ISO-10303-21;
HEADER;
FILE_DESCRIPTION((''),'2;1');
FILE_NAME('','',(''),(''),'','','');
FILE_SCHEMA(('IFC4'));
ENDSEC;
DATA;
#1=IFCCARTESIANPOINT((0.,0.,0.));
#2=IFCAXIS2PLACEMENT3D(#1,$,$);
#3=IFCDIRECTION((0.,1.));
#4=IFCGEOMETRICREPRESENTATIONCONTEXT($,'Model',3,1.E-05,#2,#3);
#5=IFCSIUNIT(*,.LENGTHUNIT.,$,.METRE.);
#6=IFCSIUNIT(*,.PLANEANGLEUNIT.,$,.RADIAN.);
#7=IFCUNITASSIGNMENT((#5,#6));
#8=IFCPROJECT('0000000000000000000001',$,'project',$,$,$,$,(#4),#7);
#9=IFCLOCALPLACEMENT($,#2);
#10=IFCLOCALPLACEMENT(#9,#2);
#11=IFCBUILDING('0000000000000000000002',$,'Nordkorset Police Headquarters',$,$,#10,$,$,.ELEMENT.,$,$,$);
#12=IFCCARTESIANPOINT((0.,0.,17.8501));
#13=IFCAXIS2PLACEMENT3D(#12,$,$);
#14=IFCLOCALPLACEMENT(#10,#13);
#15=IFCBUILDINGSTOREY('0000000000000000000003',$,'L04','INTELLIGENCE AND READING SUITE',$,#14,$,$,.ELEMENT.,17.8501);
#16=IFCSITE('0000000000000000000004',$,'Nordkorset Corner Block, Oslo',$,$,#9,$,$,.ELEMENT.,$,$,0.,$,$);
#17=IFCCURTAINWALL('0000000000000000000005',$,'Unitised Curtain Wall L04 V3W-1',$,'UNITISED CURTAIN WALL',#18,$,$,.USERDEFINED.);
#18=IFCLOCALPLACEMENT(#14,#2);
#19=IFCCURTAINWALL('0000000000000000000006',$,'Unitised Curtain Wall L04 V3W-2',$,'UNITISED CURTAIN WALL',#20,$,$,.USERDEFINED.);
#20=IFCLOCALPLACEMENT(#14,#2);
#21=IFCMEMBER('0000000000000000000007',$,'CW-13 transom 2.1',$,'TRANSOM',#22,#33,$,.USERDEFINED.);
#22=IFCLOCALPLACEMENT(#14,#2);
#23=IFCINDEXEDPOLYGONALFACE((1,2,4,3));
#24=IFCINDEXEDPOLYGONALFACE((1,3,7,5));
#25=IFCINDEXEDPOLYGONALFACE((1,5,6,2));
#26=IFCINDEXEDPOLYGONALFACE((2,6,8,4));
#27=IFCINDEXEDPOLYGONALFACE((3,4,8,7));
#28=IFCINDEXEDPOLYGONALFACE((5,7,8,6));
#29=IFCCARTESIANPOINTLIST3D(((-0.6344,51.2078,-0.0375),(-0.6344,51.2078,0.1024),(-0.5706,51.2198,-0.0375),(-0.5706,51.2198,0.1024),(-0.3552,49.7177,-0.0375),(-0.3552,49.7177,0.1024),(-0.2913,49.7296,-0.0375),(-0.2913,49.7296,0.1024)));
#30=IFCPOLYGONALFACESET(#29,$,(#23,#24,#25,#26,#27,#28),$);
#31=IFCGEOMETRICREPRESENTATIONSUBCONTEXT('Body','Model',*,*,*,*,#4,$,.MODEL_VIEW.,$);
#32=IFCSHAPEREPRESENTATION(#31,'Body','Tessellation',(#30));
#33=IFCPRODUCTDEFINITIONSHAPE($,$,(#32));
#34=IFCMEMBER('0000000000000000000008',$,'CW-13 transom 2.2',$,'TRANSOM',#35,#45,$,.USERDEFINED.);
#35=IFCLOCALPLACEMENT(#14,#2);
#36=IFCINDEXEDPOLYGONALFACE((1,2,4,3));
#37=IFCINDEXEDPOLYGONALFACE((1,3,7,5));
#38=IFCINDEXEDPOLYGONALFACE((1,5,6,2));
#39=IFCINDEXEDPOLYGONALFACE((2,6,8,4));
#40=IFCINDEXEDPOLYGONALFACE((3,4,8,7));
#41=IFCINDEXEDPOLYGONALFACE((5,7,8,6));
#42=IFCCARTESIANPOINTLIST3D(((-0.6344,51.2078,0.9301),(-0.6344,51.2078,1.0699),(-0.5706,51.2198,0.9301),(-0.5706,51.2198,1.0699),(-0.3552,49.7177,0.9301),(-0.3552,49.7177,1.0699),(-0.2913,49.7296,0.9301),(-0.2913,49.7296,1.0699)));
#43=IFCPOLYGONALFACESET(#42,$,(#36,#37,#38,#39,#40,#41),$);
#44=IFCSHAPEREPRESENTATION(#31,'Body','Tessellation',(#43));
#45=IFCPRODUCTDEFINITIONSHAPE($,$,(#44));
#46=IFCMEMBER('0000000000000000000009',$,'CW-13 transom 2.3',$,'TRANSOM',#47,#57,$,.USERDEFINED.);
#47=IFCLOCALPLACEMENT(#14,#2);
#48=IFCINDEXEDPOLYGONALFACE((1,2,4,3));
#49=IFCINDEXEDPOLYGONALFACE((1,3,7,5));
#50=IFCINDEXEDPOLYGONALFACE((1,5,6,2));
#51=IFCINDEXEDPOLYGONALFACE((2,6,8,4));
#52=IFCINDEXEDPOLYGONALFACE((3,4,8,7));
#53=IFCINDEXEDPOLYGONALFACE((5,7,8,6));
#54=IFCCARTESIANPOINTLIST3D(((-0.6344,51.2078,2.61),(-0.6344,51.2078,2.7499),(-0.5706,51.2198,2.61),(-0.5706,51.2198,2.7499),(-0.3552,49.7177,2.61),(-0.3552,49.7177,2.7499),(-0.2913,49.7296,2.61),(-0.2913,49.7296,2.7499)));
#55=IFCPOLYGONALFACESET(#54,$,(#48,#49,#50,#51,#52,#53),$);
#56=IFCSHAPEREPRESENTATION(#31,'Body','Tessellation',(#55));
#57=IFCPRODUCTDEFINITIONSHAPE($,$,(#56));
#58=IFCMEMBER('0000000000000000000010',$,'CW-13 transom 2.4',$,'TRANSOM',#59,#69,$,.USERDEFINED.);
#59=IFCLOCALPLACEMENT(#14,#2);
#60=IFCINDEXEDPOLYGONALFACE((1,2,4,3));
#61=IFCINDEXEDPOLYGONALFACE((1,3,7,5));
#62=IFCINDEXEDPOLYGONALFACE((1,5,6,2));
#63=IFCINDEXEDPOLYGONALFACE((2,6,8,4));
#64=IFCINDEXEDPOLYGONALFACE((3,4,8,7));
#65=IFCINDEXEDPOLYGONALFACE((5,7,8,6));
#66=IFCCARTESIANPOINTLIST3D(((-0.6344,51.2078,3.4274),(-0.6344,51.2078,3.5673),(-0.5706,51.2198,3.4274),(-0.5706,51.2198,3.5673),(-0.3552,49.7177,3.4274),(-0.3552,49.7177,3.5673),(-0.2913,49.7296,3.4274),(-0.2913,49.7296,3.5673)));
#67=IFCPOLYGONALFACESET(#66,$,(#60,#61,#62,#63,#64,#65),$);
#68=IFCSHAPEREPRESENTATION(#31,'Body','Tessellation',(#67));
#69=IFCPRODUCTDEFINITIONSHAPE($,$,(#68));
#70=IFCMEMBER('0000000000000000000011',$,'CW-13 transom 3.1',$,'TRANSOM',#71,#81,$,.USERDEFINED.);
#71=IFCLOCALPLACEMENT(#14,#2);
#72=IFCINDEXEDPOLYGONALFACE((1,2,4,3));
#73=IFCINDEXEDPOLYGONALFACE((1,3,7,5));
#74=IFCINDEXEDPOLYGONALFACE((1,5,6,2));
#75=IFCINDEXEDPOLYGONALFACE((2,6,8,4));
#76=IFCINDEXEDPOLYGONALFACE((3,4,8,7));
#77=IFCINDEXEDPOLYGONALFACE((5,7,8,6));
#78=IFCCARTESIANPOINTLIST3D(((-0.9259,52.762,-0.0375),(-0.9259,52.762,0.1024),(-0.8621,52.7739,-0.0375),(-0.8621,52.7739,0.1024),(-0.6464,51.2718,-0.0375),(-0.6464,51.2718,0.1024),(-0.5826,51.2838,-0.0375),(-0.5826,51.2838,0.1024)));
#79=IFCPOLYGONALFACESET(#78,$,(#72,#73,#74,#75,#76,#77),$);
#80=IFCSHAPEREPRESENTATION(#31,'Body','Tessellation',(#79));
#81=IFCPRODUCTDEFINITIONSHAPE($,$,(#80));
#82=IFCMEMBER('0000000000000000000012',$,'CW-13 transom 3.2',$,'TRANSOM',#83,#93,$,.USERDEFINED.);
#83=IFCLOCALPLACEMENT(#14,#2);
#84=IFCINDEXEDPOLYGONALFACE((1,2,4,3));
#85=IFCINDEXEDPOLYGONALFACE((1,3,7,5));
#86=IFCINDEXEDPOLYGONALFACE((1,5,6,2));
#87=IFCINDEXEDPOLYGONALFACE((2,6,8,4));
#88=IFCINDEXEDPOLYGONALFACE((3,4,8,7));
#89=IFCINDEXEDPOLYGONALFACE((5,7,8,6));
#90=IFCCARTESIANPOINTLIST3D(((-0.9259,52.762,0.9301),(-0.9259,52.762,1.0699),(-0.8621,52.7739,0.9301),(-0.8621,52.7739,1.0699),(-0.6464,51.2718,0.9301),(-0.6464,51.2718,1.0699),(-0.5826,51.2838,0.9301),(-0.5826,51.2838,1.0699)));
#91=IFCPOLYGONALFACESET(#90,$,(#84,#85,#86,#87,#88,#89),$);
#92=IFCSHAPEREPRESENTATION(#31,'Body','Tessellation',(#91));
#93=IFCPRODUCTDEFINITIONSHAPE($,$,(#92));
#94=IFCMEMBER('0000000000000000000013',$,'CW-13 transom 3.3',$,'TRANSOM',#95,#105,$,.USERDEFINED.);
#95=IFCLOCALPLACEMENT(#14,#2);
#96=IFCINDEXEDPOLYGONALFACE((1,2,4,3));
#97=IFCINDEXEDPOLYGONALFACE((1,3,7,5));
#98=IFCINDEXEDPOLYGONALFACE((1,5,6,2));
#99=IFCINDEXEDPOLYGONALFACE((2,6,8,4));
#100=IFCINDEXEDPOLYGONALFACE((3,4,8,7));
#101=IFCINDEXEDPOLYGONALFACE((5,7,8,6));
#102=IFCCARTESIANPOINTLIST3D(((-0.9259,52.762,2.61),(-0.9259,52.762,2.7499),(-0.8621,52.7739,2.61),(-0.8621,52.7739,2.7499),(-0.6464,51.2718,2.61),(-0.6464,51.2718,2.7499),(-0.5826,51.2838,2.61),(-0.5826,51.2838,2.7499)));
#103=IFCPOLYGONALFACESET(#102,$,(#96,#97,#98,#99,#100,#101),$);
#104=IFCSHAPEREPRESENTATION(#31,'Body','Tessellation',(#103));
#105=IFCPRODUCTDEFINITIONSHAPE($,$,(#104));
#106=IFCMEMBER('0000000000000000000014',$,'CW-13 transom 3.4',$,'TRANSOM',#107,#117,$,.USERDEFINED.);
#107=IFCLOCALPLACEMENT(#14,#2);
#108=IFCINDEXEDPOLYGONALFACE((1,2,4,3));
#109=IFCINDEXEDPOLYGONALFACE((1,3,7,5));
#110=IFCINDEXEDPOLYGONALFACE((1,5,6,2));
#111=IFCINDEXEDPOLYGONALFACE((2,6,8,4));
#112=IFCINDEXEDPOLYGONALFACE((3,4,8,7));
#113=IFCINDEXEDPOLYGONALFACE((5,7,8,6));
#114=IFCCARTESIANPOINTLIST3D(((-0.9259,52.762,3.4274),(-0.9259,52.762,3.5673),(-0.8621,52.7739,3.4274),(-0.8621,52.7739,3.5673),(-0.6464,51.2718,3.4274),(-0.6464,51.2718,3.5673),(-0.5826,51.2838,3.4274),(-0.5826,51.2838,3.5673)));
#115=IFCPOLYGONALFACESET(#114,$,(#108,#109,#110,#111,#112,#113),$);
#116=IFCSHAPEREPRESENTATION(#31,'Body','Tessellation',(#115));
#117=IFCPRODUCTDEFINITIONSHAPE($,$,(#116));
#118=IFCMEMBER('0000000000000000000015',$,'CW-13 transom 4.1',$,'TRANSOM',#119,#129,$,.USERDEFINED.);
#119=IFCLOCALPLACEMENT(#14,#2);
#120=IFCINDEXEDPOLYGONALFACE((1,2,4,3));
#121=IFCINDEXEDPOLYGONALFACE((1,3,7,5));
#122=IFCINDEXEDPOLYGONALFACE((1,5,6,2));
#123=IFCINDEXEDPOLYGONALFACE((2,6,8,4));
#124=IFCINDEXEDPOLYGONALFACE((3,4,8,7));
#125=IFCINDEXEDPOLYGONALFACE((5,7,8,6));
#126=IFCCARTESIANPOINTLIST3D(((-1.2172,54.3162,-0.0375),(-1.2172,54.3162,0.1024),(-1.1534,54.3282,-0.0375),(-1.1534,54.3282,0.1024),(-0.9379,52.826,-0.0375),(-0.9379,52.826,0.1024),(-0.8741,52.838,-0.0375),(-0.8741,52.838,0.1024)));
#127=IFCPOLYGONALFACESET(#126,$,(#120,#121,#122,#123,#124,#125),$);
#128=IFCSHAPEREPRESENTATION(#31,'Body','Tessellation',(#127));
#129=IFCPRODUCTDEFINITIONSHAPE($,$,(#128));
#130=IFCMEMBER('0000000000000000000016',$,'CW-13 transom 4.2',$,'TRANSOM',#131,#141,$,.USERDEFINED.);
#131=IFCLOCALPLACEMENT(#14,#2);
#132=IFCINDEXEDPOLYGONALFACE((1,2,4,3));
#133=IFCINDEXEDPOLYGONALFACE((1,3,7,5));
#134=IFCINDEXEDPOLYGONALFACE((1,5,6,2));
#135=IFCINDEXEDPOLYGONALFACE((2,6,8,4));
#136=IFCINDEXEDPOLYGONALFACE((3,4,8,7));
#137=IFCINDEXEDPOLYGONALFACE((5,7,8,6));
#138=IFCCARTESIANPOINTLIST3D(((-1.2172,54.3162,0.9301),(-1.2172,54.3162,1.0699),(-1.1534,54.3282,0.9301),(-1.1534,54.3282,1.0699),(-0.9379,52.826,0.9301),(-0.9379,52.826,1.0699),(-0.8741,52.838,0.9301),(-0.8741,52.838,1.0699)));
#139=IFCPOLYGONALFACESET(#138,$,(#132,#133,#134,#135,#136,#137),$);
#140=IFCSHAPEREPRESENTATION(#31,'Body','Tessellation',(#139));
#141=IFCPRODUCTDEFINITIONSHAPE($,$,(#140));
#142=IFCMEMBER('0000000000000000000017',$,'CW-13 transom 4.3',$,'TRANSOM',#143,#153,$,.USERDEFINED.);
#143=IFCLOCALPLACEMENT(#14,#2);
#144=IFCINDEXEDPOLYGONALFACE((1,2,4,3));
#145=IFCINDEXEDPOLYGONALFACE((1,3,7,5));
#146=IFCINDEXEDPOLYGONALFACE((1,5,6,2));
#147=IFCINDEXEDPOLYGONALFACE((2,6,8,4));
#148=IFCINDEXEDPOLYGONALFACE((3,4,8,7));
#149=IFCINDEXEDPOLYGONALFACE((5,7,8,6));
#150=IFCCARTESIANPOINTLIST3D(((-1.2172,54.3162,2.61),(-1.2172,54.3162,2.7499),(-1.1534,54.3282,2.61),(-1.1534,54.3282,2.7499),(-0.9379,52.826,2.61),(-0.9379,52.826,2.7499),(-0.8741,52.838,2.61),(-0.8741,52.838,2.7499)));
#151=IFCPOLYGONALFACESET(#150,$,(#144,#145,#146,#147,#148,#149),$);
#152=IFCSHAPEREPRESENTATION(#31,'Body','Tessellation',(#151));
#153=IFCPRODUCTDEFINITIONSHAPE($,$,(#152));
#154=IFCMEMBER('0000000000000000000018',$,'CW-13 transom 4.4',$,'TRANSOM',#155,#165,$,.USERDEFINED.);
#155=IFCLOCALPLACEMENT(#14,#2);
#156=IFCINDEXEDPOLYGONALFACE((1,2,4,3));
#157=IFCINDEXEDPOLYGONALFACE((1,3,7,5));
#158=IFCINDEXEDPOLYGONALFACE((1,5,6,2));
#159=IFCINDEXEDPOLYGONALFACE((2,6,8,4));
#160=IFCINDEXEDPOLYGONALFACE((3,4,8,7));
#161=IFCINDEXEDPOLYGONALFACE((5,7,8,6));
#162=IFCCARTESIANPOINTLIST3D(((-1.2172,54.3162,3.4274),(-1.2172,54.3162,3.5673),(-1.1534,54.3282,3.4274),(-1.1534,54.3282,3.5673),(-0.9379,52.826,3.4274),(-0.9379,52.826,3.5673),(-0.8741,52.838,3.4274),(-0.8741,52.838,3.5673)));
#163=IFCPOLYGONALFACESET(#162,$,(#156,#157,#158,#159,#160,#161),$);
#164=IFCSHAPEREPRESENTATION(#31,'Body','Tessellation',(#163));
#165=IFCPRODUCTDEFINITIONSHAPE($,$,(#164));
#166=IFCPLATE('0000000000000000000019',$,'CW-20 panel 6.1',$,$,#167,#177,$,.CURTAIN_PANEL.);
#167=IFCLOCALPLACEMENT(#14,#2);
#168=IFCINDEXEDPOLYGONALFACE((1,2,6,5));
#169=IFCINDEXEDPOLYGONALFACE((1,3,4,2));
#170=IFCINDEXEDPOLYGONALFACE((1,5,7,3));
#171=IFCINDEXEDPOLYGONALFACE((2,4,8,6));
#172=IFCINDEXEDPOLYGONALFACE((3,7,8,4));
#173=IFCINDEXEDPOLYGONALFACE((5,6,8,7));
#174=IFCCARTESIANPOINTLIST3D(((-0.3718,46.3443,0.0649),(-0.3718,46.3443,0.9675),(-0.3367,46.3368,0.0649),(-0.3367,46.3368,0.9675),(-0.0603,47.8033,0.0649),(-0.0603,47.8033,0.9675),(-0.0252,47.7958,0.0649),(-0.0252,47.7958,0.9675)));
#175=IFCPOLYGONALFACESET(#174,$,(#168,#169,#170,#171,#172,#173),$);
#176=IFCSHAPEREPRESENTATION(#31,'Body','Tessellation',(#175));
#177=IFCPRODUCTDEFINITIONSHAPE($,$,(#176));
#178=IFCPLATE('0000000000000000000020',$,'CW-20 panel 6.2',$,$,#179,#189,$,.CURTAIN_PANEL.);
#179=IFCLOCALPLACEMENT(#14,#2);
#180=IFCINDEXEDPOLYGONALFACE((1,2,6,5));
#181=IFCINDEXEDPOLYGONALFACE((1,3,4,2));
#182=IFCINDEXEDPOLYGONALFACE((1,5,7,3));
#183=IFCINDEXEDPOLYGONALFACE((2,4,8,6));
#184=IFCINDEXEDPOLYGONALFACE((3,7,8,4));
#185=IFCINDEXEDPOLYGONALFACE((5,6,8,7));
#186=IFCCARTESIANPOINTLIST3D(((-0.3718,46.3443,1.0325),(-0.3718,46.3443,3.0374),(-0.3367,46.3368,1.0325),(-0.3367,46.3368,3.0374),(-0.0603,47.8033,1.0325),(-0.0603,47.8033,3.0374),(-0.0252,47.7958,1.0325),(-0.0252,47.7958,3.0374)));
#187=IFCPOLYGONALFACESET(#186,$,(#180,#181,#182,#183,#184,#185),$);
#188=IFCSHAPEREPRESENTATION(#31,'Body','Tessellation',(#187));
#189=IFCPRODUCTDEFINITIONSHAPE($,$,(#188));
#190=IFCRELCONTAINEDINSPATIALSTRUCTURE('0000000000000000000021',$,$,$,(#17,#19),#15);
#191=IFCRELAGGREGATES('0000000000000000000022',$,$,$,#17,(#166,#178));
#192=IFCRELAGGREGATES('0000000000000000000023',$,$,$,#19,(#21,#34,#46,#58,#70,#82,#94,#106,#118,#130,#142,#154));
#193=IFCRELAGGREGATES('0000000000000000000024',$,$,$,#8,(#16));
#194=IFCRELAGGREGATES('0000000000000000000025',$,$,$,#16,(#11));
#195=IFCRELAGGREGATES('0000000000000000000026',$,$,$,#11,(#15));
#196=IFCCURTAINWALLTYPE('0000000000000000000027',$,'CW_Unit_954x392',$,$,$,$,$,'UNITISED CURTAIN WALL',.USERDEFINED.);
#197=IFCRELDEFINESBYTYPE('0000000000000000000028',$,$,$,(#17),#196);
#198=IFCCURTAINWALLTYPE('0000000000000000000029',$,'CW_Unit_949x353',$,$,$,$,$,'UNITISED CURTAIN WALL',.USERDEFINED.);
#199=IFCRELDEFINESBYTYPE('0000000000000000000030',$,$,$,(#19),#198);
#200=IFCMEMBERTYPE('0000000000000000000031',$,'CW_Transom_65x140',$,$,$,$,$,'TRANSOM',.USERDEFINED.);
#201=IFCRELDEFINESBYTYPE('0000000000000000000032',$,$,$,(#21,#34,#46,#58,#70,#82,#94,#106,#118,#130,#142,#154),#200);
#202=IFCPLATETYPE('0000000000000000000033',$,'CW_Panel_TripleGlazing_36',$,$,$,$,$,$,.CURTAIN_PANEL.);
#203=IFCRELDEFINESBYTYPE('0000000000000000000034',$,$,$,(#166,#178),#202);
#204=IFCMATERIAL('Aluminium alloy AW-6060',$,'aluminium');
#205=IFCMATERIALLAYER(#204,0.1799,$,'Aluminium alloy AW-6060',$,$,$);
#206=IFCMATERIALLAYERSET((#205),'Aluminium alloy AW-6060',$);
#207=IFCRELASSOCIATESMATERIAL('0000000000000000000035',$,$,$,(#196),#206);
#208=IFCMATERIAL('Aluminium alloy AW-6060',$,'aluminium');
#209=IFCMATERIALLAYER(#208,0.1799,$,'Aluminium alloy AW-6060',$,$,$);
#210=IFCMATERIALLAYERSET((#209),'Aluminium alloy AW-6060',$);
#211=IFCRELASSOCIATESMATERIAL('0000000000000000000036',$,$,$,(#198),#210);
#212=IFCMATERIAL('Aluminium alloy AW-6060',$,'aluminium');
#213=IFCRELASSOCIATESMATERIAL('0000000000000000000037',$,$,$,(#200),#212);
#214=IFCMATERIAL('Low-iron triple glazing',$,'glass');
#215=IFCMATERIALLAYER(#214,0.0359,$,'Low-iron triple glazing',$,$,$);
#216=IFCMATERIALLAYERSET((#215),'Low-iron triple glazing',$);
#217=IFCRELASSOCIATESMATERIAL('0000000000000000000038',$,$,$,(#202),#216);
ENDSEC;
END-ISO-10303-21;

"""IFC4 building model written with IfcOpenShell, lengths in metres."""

from ifc_helpers import new_model, si_unit, direction, frame, origin, origin_2d, place, context, subcontext, project, spatial, rectangle, extrude, material, layer, layer_set, material_profile, profile_set, type_object, element, aggregate, save


model = new_model("IFC4")

# Units and contexts
model_context = context("Model", 3, precision=1e-05, world=origin(), true_north=direction((0.0, 1.0)))
body_context = subcontext(model_context, "Body", "Model", "MODEL_VIEW")
ifc_project = project(units=[si_unit("LENGTHUNIT", "METRE"), si_unit("PLANEANGLEUNIT", "RADIAN")], contexts=[model_context])

# Site, building, storey
site_placement = place(None, origin())
site = spatial("IfcSite", under=ifc_project, at=site_placement, Name="Nordkorset Corner Block, Oslo", CompositionType="ELEMENT", RefElevation=0.0)
building_placement = place(site_placement, origin())
building = spatial("IfcBuilding", under=site, at=building_placement, Name="Nordkorset Police Headquarters", CompositionType="ELEMENT")
storey_placement = place(building_placement, frame((0.0, 0.0, 17.8501)))
storey = spatial("IfcBuildingStorey", under=building, at=storey_placement, Name="L04", Description="INTELLIGENCE AND READING SUITE", CompositionType="ELEMENT", Elevation=17.8501)

# Curtain wall
ifc_material_1 = material(Name="Aluminium alloy AW-6060", Category="aluminium")
ifc_layer_1 = layer(ifc_material_1, 0.1799, Name="Aluminium alloy AW-6060")
ifc_layer_set_1 = layer_set([ifc_layer_1], Name="Aluminium alloy AW-6060")
curtain_wall_type_1 = type_object("IfcCurtainWallType", Name="CW_Unit_954x392", ElementType="UNITISED CURTAIN WALL", PredefinedType="USERDEFINED", material=ifc_layer_set_1)
curtain_wall_1_placement = place(storey_placement, origin())
curtain_wall_1 = element("IfcCurtainWall", 1, at=curtain_wall_1_placement, inside=storey, type_object=curtain_wall_type_1, Name="Unitised Curtain Wall L04 V3W-1", ObjectType="UNITISED CURTAIN WALL", PredefinedType="USERDEFINED")

# Curtain wall
ifc_material_2 = material(Name="Aluminium alloy AW-6060", Category="aluminium")
ifc_layer_2 = layer(ifc_material_2, 0.1799, Name="Aluminium alloy AW-6060")
ifc_layer_set_2 = layer_set([ifc_layer_2], Name="Aluminium alloy AW-6060")
curtain_wall_type_2 = type_object("IfcCurtainWallType", Name="CW_Unit_949x353", ElementType="UNITISED CURTAIN WALL", PredefinedType="USERDEFINED", material=ifc_layer_set_2)
curtain_wall_2_placement = place(storey_placement, origin())
curtain_wall_2 = element("IfcCurtainWall", 2, at=curtain_wall_2_placement, inside=storey, type_object=curtain_wall_type_2, Name="Unitised Curtain Wall L04 V3W-2", ObjectType="UNITISED CURTAIN WALL", PredefinedType="USERDEFINED")

# Members
ifc_material_3 = material(Name="Aluminium alloy AW-6060", Category="aluminium")
ifc_material_profile_1 = material_profile(ifc_material_3, rectangle(XDim=0.0649, YDim=0.1399, at=origin_2d()), Name="ALU TRAN 65x140")
ifc_profile_set_1 = profile_set([ifc_material_profile_1], Name="Aluminium alloy AW-6060")
member_type_1 = type_object("IfcMemberType", Name="CW_Transom_65x140", ElementType="TRANSOM", PredefinedType="USERDEFINED", material=ifc_profile_set_1)
member_1_placement = place(storey_placement, frame((-0.3232, 49.7236, 0.0325), z_axis=(-0.184211, 0.982887, 0.0), x_axis=(-0.982887, -0.184211, 0.0)))
member_1 = element("IfcMember", 3, at=member_1_placement, type_object=member_type_1, Name="CW-13 transom 2.1", ObjectType="TRANSOM", PredefinedType="USERDEFINED", context=body_context, shape_type="SweptSolid", body=[
    extrude(rectangle(XDim=0.0649, YDim=0.1399, at=origin_2d()), origin(), (0.0, 0.0, 1.0), 1.5161),
])
member_2_placement = place(storey_placement, frame((-0.3232, 49.7236, 1.0), z_axis=(-0.184211, 0.982887, 0.0), x_axis=(-0.982887, -0.184211, 0.0)))
member_2 = element("IfcMember", 4, at=member_2_placement, type_object=member_type_1, Name="CW-13 transom 2.2", ObjectType="TRANSOM", PredefinedType="USERDEFINED", context=body_context, shape_type="SweptSolid", body=[
    extrude(rectangle(XDim=0.0649, YDim=0.1399, at=origin_2d()), origin(), (0.0, 0.0, 1.0), 1.5161),
])
member_3_placement = place(storey_placement, frame((-0.3232, 49.7236, 2.6799), z_axis=(-0.184211, 0.982887, 0.0), x_axis=(-0.982887, -0.184211, 0.0)))
member_3 = element("IfcMember", 5, at=member_3_placement, type_object=member_type_1, Name="CW-13 transom 2.3", ObjectType="TRANSOM", PredefinedType="USERDEFINED", context=body_context, shape_type="SweptSolid", body=[
    extrude(rectangle(XDim=0.0649, YDim=0.1399, at=origin_2d()), origin(), (0.0, 0.0, 1.0), 1.5161),
])
member_4_placement = place(storey_placement, frame((-0.3232, 49.7236, 3.4973), z_axis=(-0.184211, 0.982887, 0.0), x_axis=(-0.982887, -0.184211, 0.0)))
member_4 = element("IfcMember", 6, at=member_4_placement, type_object=member_type_1, Name="CW-13 transom 2.4", ObjectType="TRANSOM", PredefinedType="USERDEFINED", context=body_context, shape_type="SweptSolid", body=[
    extrude(rectangle(XDim=0.0649, YDim=0.1399, at=origin_2d()), origin(), (0.0, 0.0, 1.0), 1.5161),
])
member_5_placement = place(storey_placement, frame((-0.6145, 51.2778, 0.0325), z_axis=(-0.184366, 0.982858, 0.0), x_axis=(-0.982858, -0.184366, 0.0)))
member_5 = element("IfcMember", 7, at=member_5_placement, type_object=member_type_1, Name="CW-13 transom 3.1", ObjectType="TRANSOM", PredefinedType="USERDEFINED", context=body_context, shape_type="SweptSolid", body=[
    extrude(rectangle(XDim=0.0649, YDim=0.1399, at=origin_2d()), origin(), (0.0, 0.0, 1.0), 1.5161),
])
member_6_placement = place(storey_placement, frame((-0.6145, 51.2778, 1.0), z_axis=(-0.184366, 0.982858, 0.0), x_axis=(-0.982858, -0.184366, 0.0)))
member_6 = element("IfcMember", 8, at=member_6_placement, type_object=member_type_1, Name="CW-13 transom 3.2", ObjectType="TRANSOM", PredefinedType="USERDEFINED", context=body_context, shape_type="SweptSolid", body=[
    extrude(rectangle(XDim=0.0649, YDim=0.1399, at=origin_2d()), origin(), (0.0, 0.0, 1.0), 1.5161),
])
member_7_placement = place(storey_placement, frame((-0.6145, 51.2778, 2.6799), z_axis=(-0.184366, 0.982858, 0.0), x_axis=(-0.982858, -0.184366, 0.0)))
member_7 = element("IfcMember", 9, at=member_7_placement, type_object=member_type_1, Name="CW-13 transom 3.3", ObjectType="TRANSOM", PredefinedType="USERDEFINED", context=body_context, shape_type="SweptSolid", body=[
    extrude(rectangle(XDim=0.0649, YDim=0.1399, at=origin_2d()), origin(), (0.0, 0.0, 1.0), 1.5161),
])
member_8_placement = place(storey_placement, frame((-0.6145, 51.2778, 3.4973), z_axis=(-0.184366, 0.982858, 0.0), x_axis=(-0.982858, -0.184366, 0.0)))
member_8 = element("IfcMember", 10, at=member_8_placement, type_object=member_type_1, Name="CW-13 transom 3.4", ObjectType="TRANSOM", PredefinedType="USERDEFINED", context=body_context, shape_type="SweptSolid", body=[
    extrude(rectangle(XDim=0.0649, YDim=0.1399, at=origin_2d()), origin(), (0.0, 0.0, 1.0), 1.5161),
])
member_9_placement = place(storey_placement, frame((-0.906, 52.832, 0.0325), z_axis=(-0.184211, 0.982887, 0.0), x_axis=(-0.982887, -0.184211, 0.0)))
member_9 = element("IfcMember", 11, at=member_9_placement, type_object=member_type_1, Name="CW-13 transom 4.1", ObjectType="TRANSOM", PredefinedType="USERDEFINED", context=body_context, shape_type="SweptSolid", body=[
    extrude(rectangle(XDim=0.0649, YDim=0.1399, at=origin_2d()), origin(), (0.0, 0.0, 1.0), 1.5161),
])
member_10_placement = place(storey_placement, frame((-0.906, 52.832, 1.0), z_axis=(-0.184211, 0.982887, 0.0), x_axis=(-0.982887, -0.184211, 0.0)))
member_10 = element("IfcMember", 12, at=member_10_placement, type_object=member_type_1, Name="CW-13 transom 4.2", ObjectType="TRANSOM", PredefinedType="USERDEFINED", context=body_context, shape_type="SweptSolid", body=[
    extrude(rectangle(XDim=0.0649, YDim=0.1399, at=origin_2d()), origin(), (0.0, 0.0, 1.0), 1.5161),
])
member_11_placement = place(storey_placement, frame((-0.906, 52.832, 2.6799), z_axis=(-0.184211, 0.982887, 0.0), x_axis=(-0.982887, -0.184211, 0.0)))
member_11 = element("IfcMember", 13, at=member_11_placement, type_object=member_type_1, Name="CW-13 transom 4.3", ObjectType="TRANSOM", PredefinedType="USERDEFINED", context=body_context, shape_type="SweptSolid", body=[
    extrude(rectangle(XDim=0.0649, YDim=0.1399, at=origin_2d()), origin(), (0.0, 0.0, 1.0), 1.5161),
])
member_12_placement = place(storey_placement, frame((-0.906, 52.832, 3.4973), z_axis=(-0.184211, 0.982887, 0.0), x_axis=(-0.982887, -0.184211, 0.0)))
member_12 = element("IfcMember", 14, at=member_12_placement, type_object=member_type_1, Name="CW-13 transom 4.4", ObjectType="TRANSOM", PredefinedType="USERDEFINED", context=body_context, shape_type="SweptSolid", body=[
    extrude(rectangle(XDim=0.0649, YDim=0.1399, at=origin_2d()), origin(), (0.0, 0.0, 1.0), 1.5161),
])

# Plates
ifc_material_4 = material(Name="Low-iron triple glazing", Category="glass")
ifc_layer_3 = layer(ifc_material_4, 0.0359, Name="Low-iron triple glazing")
ifc_layer_set_3 = layer_set([ifc_layer_3], Name="Low-iron triple glazing")
plate_type = type_object("IfcPlateType", Name="CW_Panel_TripleGlazing_36", PredefinedType="CURTAIN_PANEL", material=ifc_layer_set_3)
plate_1_placement = place(storey_placement, frame((-0.1985, 47.0701, 0.0649), z_axis=(0.0, 0.0, 1.0), x_axis=(0.208833, 0.977951, 0.0)))
plate_1 = element("IfcPlate", 15, at=plate_1_placement, type_object=plate_type, Name="CW-20 panel 6.1", PredefinedType="CURTAIN_PANEL", context=body_context, shape_type="SweptSolid", body=[
    extrude(rectangle(XDim=1.4919, YDim=0.0359, at=origin_2d()), origin(), (0.0, 0.0, 1.0), 0.9026),
])
plate_2_placement = place(storey_placement, frame((-0.1985, 47.0701, 1.0325), z_axis=(0.0, 0.0, 1.0), x_axis=(0.208833, 0.977951, 0.0)))
plate_2 = element("IfcPlate", 16, at=plate_2_placement, type_object=plate_type, Name="CW-20 panel 6.2", PredefinedType="CURTAIN_PANEL", context=body_context, shape_type="SweptSolid", body=[
    extrude(rectangle(XDim=1.4919, YDim=0.0359, at=origin_2d()), origin(), (0.0, 0.0, 1.0), 2.0049),
])
aggregate(curtain_wall_1, [plate_1, plate_2])
aggregate(curtain_wall_2, [member_1, member_2, member_3, member_4, member_5, member_6, member_7, member_8, member_9, member_10, member_11, member_12])

save(model, "model.ifc")
